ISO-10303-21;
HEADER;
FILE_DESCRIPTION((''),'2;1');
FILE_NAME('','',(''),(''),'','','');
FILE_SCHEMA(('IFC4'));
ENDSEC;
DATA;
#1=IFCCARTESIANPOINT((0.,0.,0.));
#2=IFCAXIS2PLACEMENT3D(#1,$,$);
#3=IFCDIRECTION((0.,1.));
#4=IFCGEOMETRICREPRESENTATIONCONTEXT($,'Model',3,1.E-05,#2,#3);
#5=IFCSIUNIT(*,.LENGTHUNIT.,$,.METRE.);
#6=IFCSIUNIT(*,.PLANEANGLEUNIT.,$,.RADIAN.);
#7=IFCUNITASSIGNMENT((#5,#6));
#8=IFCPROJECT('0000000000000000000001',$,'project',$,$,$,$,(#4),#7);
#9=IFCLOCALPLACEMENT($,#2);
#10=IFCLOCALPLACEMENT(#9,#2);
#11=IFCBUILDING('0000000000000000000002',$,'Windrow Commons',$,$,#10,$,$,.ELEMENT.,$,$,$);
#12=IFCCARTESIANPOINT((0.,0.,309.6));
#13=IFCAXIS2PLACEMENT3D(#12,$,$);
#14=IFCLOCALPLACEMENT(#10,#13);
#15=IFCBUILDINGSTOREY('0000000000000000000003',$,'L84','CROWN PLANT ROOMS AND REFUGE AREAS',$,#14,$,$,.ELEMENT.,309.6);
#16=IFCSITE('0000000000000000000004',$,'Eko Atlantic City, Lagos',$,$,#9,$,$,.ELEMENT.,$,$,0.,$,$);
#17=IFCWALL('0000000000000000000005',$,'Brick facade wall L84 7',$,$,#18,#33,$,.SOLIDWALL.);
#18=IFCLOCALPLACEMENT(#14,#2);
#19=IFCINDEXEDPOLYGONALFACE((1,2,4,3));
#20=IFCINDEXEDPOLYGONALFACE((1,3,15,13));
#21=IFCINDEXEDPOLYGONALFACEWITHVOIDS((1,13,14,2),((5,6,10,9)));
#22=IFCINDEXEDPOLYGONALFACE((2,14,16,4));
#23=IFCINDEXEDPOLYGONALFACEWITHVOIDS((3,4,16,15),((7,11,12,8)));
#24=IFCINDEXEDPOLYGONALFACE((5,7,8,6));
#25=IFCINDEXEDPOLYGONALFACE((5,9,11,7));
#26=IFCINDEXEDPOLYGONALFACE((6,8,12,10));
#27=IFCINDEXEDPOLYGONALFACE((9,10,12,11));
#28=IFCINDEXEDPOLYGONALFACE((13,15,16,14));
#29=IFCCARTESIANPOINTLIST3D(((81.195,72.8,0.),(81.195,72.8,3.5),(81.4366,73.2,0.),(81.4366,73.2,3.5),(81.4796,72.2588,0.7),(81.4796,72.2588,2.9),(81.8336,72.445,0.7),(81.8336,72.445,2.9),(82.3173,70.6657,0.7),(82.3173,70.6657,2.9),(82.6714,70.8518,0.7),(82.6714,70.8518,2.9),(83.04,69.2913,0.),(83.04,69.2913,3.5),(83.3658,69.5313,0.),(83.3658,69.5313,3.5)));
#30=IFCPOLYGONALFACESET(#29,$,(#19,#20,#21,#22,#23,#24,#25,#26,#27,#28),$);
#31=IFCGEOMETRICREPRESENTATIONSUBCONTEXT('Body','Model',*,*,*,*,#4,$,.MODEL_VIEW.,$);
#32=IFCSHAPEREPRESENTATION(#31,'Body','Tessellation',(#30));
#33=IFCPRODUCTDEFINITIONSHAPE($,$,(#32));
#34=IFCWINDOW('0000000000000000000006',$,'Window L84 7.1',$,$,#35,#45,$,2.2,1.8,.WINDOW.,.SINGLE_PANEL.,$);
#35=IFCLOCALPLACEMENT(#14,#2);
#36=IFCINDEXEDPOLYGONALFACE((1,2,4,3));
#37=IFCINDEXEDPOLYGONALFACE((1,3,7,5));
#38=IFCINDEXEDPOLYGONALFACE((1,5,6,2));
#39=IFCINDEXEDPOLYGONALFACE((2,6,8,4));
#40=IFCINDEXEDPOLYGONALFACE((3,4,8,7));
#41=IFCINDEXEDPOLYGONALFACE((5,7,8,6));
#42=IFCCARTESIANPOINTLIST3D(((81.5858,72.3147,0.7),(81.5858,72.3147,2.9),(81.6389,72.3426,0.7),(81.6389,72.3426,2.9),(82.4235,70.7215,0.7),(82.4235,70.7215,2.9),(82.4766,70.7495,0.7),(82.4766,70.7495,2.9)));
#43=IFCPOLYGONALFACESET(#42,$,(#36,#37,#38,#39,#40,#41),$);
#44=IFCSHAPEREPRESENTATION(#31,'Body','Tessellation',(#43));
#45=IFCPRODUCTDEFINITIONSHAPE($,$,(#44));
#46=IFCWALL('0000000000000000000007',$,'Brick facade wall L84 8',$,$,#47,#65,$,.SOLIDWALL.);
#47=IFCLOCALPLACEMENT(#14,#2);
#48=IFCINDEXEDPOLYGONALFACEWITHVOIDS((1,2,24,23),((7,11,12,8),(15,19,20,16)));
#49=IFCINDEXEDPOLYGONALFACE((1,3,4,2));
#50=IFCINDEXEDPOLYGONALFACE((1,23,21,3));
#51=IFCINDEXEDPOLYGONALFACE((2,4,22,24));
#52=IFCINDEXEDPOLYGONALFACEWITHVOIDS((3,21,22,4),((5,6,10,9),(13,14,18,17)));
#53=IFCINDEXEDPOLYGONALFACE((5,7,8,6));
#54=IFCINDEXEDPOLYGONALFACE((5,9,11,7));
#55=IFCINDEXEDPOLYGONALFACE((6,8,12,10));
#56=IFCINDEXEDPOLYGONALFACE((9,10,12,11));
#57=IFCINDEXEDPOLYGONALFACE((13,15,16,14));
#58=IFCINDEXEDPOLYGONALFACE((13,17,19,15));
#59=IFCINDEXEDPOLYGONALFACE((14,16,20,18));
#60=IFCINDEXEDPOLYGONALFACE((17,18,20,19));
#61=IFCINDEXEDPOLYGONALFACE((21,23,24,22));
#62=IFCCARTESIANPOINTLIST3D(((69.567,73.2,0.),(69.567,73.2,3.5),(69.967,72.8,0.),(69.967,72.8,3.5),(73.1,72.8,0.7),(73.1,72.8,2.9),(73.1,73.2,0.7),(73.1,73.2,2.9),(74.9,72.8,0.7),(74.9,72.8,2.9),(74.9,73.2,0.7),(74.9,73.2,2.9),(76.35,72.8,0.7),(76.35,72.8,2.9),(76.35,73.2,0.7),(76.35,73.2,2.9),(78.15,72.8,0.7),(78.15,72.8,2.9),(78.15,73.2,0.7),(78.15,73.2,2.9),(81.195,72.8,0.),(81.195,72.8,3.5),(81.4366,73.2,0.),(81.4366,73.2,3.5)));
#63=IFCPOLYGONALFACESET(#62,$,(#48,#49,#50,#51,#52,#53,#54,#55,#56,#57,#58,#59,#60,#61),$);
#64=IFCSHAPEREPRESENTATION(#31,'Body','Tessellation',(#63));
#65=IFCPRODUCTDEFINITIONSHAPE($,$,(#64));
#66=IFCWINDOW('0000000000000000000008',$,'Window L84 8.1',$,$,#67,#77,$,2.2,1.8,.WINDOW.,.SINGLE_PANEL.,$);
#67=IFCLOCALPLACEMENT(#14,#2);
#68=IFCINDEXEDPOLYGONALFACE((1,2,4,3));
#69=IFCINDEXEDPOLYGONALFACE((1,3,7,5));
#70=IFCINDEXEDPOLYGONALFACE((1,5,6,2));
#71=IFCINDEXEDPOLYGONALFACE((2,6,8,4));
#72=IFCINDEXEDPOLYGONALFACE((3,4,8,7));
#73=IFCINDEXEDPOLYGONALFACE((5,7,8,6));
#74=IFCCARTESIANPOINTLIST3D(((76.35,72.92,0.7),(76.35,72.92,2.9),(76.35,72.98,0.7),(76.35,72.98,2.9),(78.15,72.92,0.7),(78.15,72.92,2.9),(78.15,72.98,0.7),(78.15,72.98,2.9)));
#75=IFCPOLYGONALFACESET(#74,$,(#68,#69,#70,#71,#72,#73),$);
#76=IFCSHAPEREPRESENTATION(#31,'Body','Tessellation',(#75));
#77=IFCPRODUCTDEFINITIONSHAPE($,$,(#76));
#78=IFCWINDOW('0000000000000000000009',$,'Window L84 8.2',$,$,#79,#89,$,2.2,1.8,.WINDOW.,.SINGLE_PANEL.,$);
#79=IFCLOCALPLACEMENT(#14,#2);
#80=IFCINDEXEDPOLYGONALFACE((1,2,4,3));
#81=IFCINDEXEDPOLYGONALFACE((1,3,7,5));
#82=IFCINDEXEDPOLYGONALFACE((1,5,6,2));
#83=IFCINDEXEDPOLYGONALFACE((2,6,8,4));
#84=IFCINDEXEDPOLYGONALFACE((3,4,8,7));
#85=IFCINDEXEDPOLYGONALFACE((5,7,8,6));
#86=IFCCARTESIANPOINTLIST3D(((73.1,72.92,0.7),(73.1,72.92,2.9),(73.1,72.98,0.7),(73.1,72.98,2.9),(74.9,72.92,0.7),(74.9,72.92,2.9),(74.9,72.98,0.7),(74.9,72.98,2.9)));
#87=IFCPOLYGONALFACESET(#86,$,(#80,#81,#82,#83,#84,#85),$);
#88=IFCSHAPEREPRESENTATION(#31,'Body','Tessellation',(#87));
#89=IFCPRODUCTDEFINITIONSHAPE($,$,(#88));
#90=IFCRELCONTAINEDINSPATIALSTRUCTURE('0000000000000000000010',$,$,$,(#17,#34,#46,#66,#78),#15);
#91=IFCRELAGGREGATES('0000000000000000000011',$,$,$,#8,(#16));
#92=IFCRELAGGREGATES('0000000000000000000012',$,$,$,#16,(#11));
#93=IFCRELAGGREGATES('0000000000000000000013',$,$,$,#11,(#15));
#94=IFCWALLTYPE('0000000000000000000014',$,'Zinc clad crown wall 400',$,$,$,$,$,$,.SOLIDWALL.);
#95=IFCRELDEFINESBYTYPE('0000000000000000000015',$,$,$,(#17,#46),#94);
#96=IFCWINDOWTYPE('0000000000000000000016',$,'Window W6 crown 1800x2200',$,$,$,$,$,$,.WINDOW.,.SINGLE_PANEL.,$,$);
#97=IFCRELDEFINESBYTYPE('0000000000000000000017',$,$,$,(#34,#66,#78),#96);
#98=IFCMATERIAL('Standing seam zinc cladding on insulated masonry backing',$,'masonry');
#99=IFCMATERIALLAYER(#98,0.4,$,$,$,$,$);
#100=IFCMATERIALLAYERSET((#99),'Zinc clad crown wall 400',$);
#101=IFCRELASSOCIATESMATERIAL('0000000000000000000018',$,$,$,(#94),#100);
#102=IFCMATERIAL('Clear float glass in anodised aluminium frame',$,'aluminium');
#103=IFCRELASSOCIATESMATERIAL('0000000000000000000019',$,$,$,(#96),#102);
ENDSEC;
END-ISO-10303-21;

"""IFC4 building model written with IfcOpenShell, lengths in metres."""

from ifc_helpers import new_model, si_unit, direction, frame, frame_2d, origin, place, context, subcontext, project, spatial, polyline, rectangle, outline, extrude, material, layer, layer_set, type_object, element, fill, save


model = new_model("IFC4")

# Units and contexts
model_context = context("Model", 3, precision=1e-05, world=origin(), true_north=direction((0.0, 1.0)))
body_context = subcontext(model_context, "Body", "Model", "MODEL_VIEW")
ifc_project = project(units=[si_unit("LENGTHUNIT", "METRE"), si_unit("PLANEANGLEUNIT", "RADIAN")], contexts=[model_context])

# Site, building, storey
site_placement = place(None, origin())
site = spatial("IfcSite", under=ifc_project, at=site_placement, Name="Eko Atlantic City, Lagos", CompositionType="ELEMENT", RefElevation=0.0)
building_placement = place(site_placement, origin())
building = spatial("IfcBuilding", under=site, at=building_placement, Name="Windrow Commons", CompositionType="ELEMENT")
storey_placement = place(building_placement, frame((0.0, 0.0, 309.6)))
storey = spatial("IfcBuildingStorey", under=building, at=storey_placement, Name="L84", Description="CROWN PLANT ROOMS AND REFUGE AREAS", CompositionType="ELEMENT", Elevation=309.6)

# Wall, opening, window
ifc_material_1 = material(Name="Standing seam zinc cladding on insulated masonry backing", Category="masonry")
ifc_layer_1 = layer(ifc_material_1, 0.4)
ifc_layer_set_1 = layer_set([ifc_layer_1], Name="Zinc clad crown wall 400")
wall_type = type_object("IfcWallType", Name="Zinc clad crown wall 400", PredefinedType="SOLIDWALL", material=ifc_layer_set_1)
wall_1_placement = place(storey_placement, frame((83.2029, 69.4113, 0.0), z_axis=(0.0, 0.0, 1.0), x_axis=(-0.46542, 0.88509, 0.0)))
wall_1 = element("IfcWall", 1, at=wall_1_placement, inside=storey, type_object=wall_type, Name="Brick facade wall L84 7", PredefinedType="SOLIDWALL", context=body_context, shape_type="SweptSolid", body=[
    extrude(outline(polyline([(0.0304, -0.2), (4.1754, -0.2), (3.9338, 0.2), (-0.0304, 0.2), (0.0304, -0.2)])), origin(), (0.0, 0.0, 1.0), 3.5),
])
opening_1_placement = place(wall_1_placement, frame((1.5224, 0.0, 0.7)))
opening_1 = element("IfcOpeningElement", 2, at=opening_1_placement, cuts=wall_1, PredefinedType="OPENING", context=body_context, shape_type="SweptSolid", body=[
    extrude(rectangle(XDim=1.8, YDim=2.2, at=frame_2d((0.9, 1.1))), frame((0.0, 0.21, 0.0), z_axis=(0.0, -1.0, 0.0), x_axis=(1.0, 0.0, 0.0)), (0.0, 0.0, 1.0), 0.42),
])
ifc_material_2 = material(Name="Clear float glass in anodised aluminium frame", Category="aluminium")
window_type = type_object("IfcWindowType", Name="Window W6 crown 1800x2200", PartitioningType="SINGLE_PANEL", PredefinedType="WINDOW", material=ifc_material_2)
window_1_placement = place(opening_1_placement, origin())
window_1 = element("IfcWindow", 3, at=window_1_placement, inside=storey, type_object=window_type, Name="Window L84 7.1", OverallHeight=2.2, OverallWidth=1.8, PartitioningType="SINGLE_PANEL", PredefinedType="WINDOW", context=body_context, shape_type="SweptSolid", body=[
    extrude(rectangle(XDim=1.8, YDim=2.2, at=frame_2d((0.9, 1.1))), frame((0.0, 0.08, 0.0), z_axis=(0.0, -1.0, 0.0), x_axis=(1.0, 0.0, 0.0)), (0.0, 0.0, 1.0), 0.06),
])
fill(opening_1, window_1)

# Wall, openings, windows
wall_2_placement = place(storey_placement, frame((81.3158, 73.0, 0.0), z_axis=(0.0, 0.0, 1.0), x_axis=(-1.0, 0.0, 0.0)))
wall_2 = element("IfcWall", 4, at=wall_2_placement, inside=storey, type_object=wall_type, Name="Brick facade wall L84 8", PredefinedType="SOLIDWALL", context=body_context, shape_type="SweptSolid", body=[
    extrude(outline(polyline([(-0.1208, -0.2), (11.7488, -0.2), (11.3488, 0.2), (0.1208, 0.2), (-0.1208, -0.2)])), origin(), (0.0, 0.0, 1.0), 3.5),
])
opening_2_placement = place(wall_2_placement, frame((3.1658, 0.0, 0.7)))
opening_2 = element("IfcOpeningElement", 5, at=opening_2_placement, cuts=wall_2, PredefinedType="OPENING", context=body_context, shape_type="SweptSolid", body=[
    extrude(rectangle(XDim=1.8, YDim=2.2, at=frame_2d((0.9, 1.1))), frame((0.0, 0.21, 0.0), z_axis=(0.0, -1.0, 0.0), x_axis=(1.0, 0.0, 0.0)), (0.0, 0.0, 1.0), 0.42),
])
opening_3_placement = place(wall_2_placement, frame((6.4158, 0.0, 0.7)))
opening_3 = element("IfcOpeningElement", 6, at=opening_3_placement, cuts=wall_2, PredefinedType="OPENING", context=body_context, shape_type="SweptSolid", body=[
    extrude(rectangle(XDim=1.8, YDim=2.2, at=frame_2d((0.9, 1.1))), frame((0.0, 0.21, 0.0), z_axis=(0.0, -1.0, 0.0), x_axis=(1.0, 0.0, 0.0)), (0.0, 0.0, 1.0), 0.42),
])
window_2_placement = place(opening_2_placement, origin())
window_2 = element("IfcWindow", 7, at=window_2_placement, inside=storey, type_object=window_type, Name="Window L84 8.1", OverallHeight=2.2, OverallWidth=1.8, PartitioningType="SINGLE_PANEL", PredefinedType="WINDOW", context=body_context, shape_type="SweptSolid", body=[
    extrude(rectangle(XDim=1.8, YDim=2.2, at=frame_2d((0.9, 1.1))), frame((0.0, 0.08, 0.0), z_axis=(0.0, -1.0, 0.0), x_axis=(1.0, 0.0, 0.0)), (0.0, 0.0, 1.0), 0.06),
])
fill(opening_2, window_2)
window_3_placement = place(opening_3_placement, origin())
window_3 = element("IfcWindow", 8, at=window_3_placement, inside=storey, type_object=window_type, Name="Window L84 8.2", OverallHeight=2.2, OverallWidth=1.8, PartitioningType="SINGLE_PANEL", PredefinedType="WINDOW", context=body_context, shape_type="SweptSolid", body=[
    extrude(rectangle(XDim=1.8, YDim=2.2, at=frame_2d((0.9, 1.1))), frame((0.0, 0.08, 0.0), z_axis=(0.0, -1.0, 0.0), x_axis=(1.0, 0.0, 0.0)), (0.0, 0.0, 1.0), 0.06),
])
fill(opening_3, window_3)

save(model, "model.ifc")
